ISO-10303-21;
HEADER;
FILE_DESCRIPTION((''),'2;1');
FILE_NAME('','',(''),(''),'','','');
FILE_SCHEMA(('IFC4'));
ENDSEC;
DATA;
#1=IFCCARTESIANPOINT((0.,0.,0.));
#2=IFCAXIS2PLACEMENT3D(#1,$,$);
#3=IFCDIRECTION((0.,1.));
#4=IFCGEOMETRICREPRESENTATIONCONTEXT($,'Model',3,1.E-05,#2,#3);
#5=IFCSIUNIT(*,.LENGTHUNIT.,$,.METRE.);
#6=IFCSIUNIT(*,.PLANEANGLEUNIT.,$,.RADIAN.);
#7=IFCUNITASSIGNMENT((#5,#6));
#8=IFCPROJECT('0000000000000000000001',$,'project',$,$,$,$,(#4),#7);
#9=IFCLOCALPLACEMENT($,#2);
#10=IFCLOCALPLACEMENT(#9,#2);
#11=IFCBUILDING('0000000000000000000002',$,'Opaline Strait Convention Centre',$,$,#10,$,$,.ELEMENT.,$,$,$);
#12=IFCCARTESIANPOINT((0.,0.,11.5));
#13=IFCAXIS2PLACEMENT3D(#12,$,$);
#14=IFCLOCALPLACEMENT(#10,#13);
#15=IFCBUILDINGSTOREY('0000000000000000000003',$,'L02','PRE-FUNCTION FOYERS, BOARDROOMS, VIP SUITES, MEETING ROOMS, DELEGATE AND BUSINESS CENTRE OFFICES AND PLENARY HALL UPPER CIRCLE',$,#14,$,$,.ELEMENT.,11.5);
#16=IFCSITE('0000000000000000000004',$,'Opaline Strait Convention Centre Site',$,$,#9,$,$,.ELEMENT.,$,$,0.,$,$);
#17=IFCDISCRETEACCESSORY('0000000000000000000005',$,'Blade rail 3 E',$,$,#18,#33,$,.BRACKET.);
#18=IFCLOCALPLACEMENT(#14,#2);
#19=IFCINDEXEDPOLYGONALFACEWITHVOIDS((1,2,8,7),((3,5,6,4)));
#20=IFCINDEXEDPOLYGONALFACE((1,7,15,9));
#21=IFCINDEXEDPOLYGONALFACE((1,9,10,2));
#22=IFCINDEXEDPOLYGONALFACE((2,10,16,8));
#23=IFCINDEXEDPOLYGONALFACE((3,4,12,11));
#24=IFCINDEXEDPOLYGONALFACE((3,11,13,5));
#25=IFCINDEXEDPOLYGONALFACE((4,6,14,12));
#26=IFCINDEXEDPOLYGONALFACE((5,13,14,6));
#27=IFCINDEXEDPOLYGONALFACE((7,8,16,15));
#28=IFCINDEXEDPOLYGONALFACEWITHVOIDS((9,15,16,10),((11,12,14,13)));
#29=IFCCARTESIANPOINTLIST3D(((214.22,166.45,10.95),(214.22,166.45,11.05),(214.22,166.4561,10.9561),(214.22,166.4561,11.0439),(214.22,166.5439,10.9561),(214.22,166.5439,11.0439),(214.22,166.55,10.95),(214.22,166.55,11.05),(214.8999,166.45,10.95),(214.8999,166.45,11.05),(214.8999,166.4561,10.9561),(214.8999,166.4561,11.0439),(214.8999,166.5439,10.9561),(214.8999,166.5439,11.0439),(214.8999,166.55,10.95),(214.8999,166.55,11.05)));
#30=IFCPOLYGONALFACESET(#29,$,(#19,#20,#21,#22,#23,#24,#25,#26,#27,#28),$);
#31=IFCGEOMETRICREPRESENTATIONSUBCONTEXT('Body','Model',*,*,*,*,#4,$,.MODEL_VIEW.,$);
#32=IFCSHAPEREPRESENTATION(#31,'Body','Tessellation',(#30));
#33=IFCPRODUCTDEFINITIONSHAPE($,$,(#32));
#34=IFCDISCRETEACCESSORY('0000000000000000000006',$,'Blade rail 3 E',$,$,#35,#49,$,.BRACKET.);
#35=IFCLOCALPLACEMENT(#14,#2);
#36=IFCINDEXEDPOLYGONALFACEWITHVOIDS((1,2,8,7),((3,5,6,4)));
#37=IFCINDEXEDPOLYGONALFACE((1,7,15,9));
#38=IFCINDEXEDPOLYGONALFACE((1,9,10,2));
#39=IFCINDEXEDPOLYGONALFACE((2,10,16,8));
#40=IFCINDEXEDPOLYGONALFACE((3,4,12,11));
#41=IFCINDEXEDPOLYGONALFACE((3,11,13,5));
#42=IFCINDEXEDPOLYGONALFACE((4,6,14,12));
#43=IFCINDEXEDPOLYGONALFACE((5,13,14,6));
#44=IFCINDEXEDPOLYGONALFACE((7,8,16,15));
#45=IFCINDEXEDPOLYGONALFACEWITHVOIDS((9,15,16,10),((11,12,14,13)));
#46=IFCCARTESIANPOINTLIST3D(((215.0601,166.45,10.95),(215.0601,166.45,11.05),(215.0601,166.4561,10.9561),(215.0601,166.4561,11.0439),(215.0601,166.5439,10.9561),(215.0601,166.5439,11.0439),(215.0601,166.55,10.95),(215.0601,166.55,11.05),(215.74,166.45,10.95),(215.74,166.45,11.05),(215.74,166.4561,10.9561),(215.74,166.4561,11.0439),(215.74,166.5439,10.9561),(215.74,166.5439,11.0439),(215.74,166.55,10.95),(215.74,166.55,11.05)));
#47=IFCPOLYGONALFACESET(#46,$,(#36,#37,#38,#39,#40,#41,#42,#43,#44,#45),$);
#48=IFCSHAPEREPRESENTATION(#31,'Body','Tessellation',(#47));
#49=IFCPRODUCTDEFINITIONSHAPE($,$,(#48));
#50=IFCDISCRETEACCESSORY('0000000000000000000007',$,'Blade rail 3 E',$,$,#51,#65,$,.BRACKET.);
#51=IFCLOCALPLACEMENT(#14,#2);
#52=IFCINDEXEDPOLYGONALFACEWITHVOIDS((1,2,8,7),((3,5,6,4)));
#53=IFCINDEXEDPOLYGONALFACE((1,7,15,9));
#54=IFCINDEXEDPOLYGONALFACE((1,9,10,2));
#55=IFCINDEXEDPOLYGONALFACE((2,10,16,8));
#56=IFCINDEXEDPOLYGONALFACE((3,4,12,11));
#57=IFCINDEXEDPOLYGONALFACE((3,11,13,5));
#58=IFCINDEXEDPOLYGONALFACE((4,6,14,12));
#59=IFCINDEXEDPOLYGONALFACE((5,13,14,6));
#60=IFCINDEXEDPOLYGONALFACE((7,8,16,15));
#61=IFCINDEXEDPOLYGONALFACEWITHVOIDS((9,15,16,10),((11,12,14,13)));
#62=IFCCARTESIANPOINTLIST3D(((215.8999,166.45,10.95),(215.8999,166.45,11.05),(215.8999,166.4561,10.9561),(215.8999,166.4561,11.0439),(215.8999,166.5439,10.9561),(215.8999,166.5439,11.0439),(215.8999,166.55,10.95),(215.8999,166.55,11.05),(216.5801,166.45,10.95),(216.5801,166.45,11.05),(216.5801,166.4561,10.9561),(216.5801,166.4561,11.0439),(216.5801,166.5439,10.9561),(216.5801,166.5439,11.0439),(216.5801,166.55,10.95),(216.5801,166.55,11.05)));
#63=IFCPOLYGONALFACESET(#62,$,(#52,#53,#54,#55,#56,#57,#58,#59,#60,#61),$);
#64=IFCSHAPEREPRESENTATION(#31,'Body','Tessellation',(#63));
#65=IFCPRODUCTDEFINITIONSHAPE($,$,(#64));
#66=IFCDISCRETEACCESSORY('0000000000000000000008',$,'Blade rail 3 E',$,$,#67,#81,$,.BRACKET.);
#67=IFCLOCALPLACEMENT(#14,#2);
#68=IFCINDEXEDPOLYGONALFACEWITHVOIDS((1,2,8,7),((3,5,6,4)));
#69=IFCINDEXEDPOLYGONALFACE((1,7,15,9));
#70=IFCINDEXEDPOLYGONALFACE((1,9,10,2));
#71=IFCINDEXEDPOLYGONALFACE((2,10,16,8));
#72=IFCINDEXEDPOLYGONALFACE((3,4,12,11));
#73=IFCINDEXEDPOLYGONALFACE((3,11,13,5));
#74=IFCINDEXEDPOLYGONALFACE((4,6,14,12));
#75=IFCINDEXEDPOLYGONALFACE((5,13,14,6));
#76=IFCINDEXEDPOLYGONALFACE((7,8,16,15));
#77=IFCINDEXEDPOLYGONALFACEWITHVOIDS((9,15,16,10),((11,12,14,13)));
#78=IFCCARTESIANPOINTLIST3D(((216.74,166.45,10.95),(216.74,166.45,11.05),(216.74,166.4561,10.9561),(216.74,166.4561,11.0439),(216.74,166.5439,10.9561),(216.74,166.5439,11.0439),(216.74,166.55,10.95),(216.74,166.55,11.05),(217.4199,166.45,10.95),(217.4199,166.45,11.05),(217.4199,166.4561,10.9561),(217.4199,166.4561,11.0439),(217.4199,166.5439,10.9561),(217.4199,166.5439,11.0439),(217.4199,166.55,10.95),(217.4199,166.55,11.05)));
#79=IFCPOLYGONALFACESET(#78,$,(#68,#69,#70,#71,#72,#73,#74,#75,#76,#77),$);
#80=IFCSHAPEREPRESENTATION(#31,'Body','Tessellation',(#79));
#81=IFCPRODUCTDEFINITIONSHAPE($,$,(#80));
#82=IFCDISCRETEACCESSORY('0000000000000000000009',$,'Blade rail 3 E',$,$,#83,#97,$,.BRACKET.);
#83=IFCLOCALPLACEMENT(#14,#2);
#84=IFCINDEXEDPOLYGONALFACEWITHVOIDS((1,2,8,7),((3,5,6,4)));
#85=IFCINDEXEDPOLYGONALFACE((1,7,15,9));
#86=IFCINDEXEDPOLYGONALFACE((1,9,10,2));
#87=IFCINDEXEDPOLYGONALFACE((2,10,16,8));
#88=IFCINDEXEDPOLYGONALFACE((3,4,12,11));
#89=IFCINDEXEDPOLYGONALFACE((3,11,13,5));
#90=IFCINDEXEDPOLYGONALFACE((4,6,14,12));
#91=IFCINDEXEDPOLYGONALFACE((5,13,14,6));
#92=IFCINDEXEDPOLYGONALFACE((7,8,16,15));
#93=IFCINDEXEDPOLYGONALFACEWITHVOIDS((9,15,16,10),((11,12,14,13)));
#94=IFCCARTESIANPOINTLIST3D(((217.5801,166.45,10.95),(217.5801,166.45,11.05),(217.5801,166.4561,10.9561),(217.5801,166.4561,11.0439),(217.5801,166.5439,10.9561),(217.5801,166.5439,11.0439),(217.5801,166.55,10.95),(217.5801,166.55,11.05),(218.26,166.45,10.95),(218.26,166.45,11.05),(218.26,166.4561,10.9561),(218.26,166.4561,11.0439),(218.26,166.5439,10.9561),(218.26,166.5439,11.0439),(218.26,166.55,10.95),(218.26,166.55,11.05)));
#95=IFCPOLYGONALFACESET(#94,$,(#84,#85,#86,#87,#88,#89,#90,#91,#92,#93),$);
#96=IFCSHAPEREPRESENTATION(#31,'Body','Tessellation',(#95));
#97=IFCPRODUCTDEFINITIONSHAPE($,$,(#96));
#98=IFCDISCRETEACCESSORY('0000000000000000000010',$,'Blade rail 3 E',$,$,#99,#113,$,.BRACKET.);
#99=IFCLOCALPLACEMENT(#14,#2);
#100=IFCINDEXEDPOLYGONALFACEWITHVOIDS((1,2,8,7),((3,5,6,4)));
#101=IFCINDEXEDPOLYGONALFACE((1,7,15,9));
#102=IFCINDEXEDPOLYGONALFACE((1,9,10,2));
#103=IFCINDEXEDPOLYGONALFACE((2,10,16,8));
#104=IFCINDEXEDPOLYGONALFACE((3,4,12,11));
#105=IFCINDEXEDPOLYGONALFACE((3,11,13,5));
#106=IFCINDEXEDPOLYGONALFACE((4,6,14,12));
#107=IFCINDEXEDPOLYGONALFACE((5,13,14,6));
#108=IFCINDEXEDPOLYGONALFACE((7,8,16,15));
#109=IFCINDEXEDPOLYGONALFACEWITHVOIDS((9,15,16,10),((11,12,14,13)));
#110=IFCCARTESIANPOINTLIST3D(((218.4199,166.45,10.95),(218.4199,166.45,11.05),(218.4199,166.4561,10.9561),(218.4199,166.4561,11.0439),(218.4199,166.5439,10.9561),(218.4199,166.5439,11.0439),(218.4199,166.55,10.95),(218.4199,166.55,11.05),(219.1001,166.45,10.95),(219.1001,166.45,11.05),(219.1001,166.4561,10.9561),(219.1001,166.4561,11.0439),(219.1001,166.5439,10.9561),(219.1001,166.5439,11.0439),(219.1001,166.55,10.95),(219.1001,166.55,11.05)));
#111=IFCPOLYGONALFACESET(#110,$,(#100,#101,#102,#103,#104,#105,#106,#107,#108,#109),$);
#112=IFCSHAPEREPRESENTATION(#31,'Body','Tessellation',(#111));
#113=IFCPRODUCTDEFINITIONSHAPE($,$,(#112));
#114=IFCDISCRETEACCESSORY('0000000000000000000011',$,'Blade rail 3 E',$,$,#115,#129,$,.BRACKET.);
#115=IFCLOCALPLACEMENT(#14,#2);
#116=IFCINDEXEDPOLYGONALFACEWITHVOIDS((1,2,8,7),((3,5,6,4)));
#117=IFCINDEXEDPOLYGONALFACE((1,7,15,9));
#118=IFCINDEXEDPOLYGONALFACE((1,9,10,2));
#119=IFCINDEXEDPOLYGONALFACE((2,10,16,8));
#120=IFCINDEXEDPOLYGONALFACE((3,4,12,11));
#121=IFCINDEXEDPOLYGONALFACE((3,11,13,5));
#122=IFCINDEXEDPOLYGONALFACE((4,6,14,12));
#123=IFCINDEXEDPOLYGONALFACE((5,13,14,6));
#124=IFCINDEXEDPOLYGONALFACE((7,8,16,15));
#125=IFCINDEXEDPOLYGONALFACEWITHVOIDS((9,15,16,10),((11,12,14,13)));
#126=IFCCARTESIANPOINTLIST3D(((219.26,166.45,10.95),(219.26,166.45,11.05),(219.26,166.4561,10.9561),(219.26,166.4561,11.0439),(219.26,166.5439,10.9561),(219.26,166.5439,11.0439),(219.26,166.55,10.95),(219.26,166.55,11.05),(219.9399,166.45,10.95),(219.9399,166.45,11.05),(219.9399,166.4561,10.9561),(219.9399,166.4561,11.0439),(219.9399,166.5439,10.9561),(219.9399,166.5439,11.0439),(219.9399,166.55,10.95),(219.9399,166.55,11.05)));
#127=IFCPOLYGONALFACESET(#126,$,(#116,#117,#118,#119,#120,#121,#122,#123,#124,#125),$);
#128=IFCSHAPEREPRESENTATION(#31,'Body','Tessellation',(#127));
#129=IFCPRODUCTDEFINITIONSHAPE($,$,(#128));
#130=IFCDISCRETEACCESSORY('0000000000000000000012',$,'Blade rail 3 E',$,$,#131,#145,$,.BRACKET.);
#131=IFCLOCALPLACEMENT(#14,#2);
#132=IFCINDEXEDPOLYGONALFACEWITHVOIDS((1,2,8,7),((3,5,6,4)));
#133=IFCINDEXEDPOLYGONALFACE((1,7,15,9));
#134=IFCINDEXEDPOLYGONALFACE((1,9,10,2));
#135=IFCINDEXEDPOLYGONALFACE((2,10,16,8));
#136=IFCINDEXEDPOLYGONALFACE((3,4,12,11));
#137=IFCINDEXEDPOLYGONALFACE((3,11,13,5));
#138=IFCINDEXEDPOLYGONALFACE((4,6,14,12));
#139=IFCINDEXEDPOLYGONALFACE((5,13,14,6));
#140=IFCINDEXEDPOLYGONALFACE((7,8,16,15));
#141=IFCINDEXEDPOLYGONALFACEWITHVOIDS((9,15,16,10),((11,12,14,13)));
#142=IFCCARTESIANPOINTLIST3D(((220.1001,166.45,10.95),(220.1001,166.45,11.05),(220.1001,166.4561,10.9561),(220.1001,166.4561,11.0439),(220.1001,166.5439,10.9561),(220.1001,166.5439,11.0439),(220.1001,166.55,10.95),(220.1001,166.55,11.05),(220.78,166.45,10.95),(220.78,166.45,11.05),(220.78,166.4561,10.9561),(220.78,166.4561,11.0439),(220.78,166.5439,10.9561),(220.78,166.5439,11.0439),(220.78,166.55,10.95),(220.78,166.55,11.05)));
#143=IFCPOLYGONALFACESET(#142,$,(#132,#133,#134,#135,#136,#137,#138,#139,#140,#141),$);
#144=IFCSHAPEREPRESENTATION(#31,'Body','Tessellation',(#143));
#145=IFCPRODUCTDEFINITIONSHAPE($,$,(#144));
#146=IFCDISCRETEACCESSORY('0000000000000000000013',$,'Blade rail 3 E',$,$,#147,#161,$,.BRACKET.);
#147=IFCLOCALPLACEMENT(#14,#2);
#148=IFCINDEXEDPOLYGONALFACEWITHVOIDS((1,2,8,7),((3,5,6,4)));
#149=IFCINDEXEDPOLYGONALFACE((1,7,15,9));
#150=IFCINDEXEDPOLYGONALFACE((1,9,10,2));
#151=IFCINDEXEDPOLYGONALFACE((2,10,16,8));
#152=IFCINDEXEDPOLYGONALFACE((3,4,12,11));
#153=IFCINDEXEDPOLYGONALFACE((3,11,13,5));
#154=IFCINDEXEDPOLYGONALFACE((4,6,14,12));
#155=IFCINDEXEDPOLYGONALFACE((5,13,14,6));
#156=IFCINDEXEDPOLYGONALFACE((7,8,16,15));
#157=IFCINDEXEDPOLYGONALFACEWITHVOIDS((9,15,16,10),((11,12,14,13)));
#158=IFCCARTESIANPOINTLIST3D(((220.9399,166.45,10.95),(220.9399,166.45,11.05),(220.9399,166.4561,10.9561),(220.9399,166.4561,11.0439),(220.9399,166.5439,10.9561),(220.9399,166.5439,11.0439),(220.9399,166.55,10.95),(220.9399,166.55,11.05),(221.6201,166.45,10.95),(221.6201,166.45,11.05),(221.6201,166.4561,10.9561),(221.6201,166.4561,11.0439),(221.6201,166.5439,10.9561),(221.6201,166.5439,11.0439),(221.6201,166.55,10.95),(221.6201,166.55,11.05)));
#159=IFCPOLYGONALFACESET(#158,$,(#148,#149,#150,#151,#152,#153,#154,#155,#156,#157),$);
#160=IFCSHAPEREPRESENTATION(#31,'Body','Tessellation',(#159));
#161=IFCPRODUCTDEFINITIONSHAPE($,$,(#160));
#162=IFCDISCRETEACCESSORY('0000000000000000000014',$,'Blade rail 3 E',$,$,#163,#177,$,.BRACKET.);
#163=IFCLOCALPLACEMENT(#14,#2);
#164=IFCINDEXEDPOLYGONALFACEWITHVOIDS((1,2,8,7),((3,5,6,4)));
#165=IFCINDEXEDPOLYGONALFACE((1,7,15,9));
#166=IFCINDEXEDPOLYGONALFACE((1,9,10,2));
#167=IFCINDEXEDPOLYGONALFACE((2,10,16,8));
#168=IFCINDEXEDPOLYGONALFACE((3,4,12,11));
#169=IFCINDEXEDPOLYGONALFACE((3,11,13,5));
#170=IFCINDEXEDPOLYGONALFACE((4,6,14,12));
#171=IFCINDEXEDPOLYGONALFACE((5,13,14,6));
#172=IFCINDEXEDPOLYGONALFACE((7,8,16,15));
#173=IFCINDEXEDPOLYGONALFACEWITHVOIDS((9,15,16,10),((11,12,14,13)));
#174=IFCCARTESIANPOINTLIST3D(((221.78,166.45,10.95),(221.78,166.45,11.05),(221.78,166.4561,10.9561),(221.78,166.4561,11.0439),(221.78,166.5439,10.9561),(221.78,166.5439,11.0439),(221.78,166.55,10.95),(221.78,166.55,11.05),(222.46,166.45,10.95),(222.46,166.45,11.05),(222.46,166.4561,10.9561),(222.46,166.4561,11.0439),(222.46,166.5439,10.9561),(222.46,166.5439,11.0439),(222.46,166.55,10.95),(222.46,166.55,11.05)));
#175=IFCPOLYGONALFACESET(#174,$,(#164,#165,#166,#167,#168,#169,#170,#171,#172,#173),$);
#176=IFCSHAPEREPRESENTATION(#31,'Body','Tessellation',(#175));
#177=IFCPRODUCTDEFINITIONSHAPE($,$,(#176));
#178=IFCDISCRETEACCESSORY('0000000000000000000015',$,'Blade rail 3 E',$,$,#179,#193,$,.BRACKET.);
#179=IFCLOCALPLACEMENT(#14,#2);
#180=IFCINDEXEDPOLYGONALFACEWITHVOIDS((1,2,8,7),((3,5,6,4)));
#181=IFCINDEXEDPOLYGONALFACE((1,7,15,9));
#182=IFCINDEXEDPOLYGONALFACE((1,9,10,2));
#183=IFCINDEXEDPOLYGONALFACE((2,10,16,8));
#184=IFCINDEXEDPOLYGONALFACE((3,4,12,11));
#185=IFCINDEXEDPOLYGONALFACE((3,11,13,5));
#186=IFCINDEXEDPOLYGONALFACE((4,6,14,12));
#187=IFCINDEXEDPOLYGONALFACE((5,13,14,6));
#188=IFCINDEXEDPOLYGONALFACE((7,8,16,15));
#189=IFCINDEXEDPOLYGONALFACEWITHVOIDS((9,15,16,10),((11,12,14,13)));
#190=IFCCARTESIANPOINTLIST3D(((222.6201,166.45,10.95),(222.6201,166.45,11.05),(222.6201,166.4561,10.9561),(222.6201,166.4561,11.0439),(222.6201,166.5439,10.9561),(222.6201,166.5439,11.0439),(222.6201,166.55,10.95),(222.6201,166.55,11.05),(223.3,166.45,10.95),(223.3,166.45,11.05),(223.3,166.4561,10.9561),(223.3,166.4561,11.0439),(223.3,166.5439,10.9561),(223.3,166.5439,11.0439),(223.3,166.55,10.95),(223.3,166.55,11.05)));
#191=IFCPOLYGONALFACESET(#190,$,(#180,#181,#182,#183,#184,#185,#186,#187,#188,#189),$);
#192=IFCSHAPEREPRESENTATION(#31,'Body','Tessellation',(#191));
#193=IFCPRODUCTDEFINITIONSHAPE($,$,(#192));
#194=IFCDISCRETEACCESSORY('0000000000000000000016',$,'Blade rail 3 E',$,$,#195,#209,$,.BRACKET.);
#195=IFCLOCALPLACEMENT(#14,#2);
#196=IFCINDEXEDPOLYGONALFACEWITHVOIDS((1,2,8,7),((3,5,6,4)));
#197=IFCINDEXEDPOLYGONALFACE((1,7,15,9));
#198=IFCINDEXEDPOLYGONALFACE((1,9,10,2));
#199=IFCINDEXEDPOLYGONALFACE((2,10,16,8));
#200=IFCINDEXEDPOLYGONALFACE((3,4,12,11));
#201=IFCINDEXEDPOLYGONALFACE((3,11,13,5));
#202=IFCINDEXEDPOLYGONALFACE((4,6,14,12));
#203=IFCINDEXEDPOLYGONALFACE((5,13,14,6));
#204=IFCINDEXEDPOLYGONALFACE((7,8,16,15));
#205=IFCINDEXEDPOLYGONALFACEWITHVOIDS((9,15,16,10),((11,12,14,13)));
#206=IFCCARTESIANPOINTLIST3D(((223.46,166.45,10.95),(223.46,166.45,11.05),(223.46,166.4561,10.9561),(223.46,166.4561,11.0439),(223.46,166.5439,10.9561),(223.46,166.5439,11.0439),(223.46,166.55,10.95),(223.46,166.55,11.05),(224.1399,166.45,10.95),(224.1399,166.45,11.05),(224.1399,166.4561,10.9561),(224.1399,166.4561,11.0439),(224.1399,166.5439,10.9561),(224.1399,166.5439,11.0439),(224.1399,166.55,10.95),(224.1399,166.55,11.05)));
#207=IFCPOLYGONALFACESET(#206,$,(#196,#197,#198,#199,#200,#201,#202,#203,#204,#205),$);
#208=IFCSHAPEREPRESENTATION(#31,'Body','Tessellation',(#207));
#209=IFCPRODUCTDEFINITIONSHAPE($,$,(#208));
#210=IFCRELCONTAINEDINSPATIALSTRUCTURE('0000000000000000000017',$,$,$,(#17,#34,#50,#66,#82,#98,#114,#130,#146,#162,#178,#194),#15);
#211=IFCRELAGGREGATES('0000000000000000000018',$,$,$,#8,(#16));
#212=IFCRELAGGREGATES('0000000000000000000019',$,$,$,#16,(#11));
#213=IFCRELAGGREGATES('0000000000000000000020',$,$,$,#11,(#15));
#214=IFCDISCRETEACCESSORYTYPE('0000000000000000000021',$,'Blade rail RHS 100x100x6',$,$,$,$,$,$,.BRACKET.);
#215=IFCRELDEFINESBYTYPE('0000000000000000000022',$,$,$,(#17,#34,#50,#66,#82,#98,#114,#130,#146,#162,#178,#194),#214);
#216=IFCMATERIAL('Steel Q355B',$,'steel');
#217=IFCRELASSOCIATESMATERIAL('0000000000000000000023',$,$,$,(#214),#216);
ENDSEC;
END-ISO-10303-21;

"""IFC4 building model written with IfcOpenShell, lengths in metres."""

from ifc_helpers import new_model, si_unit, direction, frame, origin, origin_2d, place, context, subcontext, project, spatial, hollow_rectangle, extrude, material, material_profile, profile_set, type_object, element, save


model = new_model("IFC4")

# Units and contexts
model_context = context("Model", 3, precision=1e-05, world=origin(), true_north=direction((0.0, 1.0)))
body_context = subcontext(model_context, "Body", "Model", "MODEL_VIEW")
ifc_project = project(units=[si_unit("LENGTHUNIT", "METRE"), si_unit("PLANEANGLEUNIT", "RADIAN")], contexts=[model_context])

# Site, building, storey
site_placement = place(None, origin())
site = spatial("IfcSite", under=ifc_project, at=site_placement, Name="Opaline Strait Convention Centre Site", CompositionType="ELEMENT", RefElevation=0.0)
building_placement = place(site_placement, origin())
building = spatial("IfcBuilding", under=site, at=building_placement, Name="Opaline Strait Convention Centre", CompositionType="ELEMENT")
storey_placement = place(building_placement, frame((0.0, 0.0, 11.5)))
storey = spatial("IfcBuildingStorey", under=building, at=storey_placement, Name="L02", Description="PRE-FUNCTION FOYERS, BOARDROOMS, VIP SUITES, MEETING ROOMS, DELEGATE AND BUSINESS CENTRE OFFICES AND PLENARY HALL UPPER CIRCLE", CompositionType="ELEMENT", Elevation=11.5)

# Discrete accessories
ifc_material = material(Name="Steel Q355B", Category="steel")
ifc_material_profile = material_profile(ifc_material, hollow_rectangle(XDim=0.1001, YDim=0.1001, WallThickness=0.0061, at=origin_2d()), Name="RHS 100x100x6")
ifc_profile_set = profile_set([ifc_material_profile], Name="Steel Q355B")
discrete_accessory_type = type_object("IfcDiscreteAccessoryType", Name="Blade rail RHS 100x100x6", PredefinedType="BRACKET", material=ifc_profile_set)
for number, where, z_axis, x_axis, name in (
    (1, (214.22, 166.5, 11.0), (1.0, 0.0, 0.0), (0.0, 1.0, 0.0), "Blade rail 3 E"),
    (2, (215.0601, 166.5, 11.0), (1.0, 0.0, 0.0), (0.0, 1.0, 0.0), "Blade rail 3 E"),
):
    element("IfcDiscreteAccessory", number, at=place(storey_placement, frame(where, z_axis=z_axis, x_axis=x_axis)), inside=storey, type_object=discrete_accessory_type, Name=name, PredefinedType="BRACKET", context=body_context, shape_type="SweptSolid", body=[
        extrude(hollow_rectangle(XDim=0.1001, YDim=0.1001, WallThickness=0.0061, at=origin_2d()), origin(), (0.0, 0.0, 1.0), 0.6799),
    ])
discrete_accessory_1_placement = place(storey_placement, frame((215.8999, 166.5, 11.0), z_axis=(1.0, 0.0, 0.0), x_axis=(0.0, 1.0, 0.0)))
element("IfcDiscreteAccessory", 3, at=discrete_accessory_1_placement, inside=storey, type_object=discrete_accessory_type, Name="Blade rail 3 E", PredefinedType="BRACKET", context=body_context, shape_type="SweptSolid", body=[
    extrude(hollow_rectangle(XDim=0.1001, YDim=0.1001, WallThickness=0.0061, at=origin_2d()), origin(), (0.0, 0.0, 1.0), 0.6802),
])
for number, where, z_axis, x_axis, name in (
    (4, (216.74, 166.5, 11.0), (1.0, 0.0, 0.0), (0.0, 1.0, 0.0), "Blade rail 3 E"),
    (5, (217.5801, 166.5, 11.0), (1.0, 0.0, 0.0), (0.0, 1.0, 0.0), "Blade rail 3 E"),
):
    element("IfcDiscreteAccessory", number, at=place(storey_placement, frame(where, z_axis=z_axis, x_axis=x_axis)), inside=storey, type_object=discrete_accessory_type, Name=name, PredefinedType="BRACKET", context=body_context, shape_type="SweptSolid", body=[
        extrude(hollow_rectangle(XDim=0.1001, YDim=0.1001, WallThickness=0.0061, at=origin_2d()), origin(), (0.0, 0.0, 1.0), 0.6799),
    ])
discrete_accessory_2_placement = place(storey_placement, frame((218.4199, 166.5, 11.0), z_axis=(1.0, 0.0, 0.0), x_axis=(0.0, 1.0, 0.0)))
element("IfcDiscreteAccessory", 6, at=discrete_accessory_2_placement, inside=storey, type_object=discrete_accessory_type, Name="Blade rail 3 E", PredefinedType="BRACKET", context=body_context, shape_type="SweptSolid", body=[
    extrude(hollow_rectangle(XDim=0.1001, YDim=0.1001, WallThickness=0.0061, at=origin_2d()), origin(), (0.0, 0.0, 1.0), 0.6802),
])
for number, where, z_axis, x_axis, name in (
    (7, (219.26, 166.5, 11.0), (1.0, 0.0, 0.0), (0.0, 1.0, 0.0), "Blade rail 3 E"),
    (8, (220.1001, 166.5, 11.0), (1.0, 0.0, 0.0), (0.0, 1.0, 0.0), "Blade rail 3 E"),
):
    element("IfcDiscreteAccessory", number, at=place(storey_placement, frame(where, z_axis=z_axis, x_axis=x_axis)), inside=storey, type_object=discrete_accessory_type, Name=name, PredefinedType="BRACKET", context=body_context, shape_type="SweptSolid", body=[
        extrude(hollow_rectangle(XDim=0.1001, YDim=0.1001, WallThickness=0.0061, at=origin_2d()), origin(), (0.0, 0.0, 1.0), 0.6799),
    ])
discrete_accessory_3_placement = place(storey_placement, frame((220.9399, 166.5, 11.0), z_axis=(1.0, 0.0, 0.0), x_axis=(0.0, 1.0, 0.0)))
element("IfcDiscreteAccessory", 9, at=discrete_accessory_3_placement, inside=storey, type_object=discrete_accessory_type, Name="Blade rail 3 E", PredefinedType="BRACKET", context=body_context, shape_type="SweptSolid", body=[
    extrude(hollow_rectangle(XDim=0.1001, YDim=0.1001, WallThickness=0.0061, at=origin_2d()), origin(), (0.0, 0.0, 1.0), 0.6802),
])
for number, where, z_axis, x_axis, name in (
    (10, (221.78, 166.5, 11.0), (1.0, 0.0, 0.0), (0.0, 1.0, 0.0), "Blade rail 3 E"),
    (11, (222.6201, 166.5, 11.0), (1.0, 0.0, 0.0), (0.0, 1.0, 0.0), "Blade rail 3 E"),
    (12, (223.46, 166.5, 11.0), (1.0, 0.0, 0.0), (0.0, 1.0, 0.0), "Blade rail 3 E"),
):
    element("IfcDiscreteAccessory", number, at=place(storey_placement, frame(where, z_axis=z_axis, x_axis=x_axis)), inside=storey, type_object=discrete_accessory_type, Name=name, PredefinedType="BRACKET", context=body_context, shape_type="SweptSolid", body=[
        extrude(hollow_rectangle(XDim=0.1001, YDim=0.1001, WallThickness=0.0061, at=origin_2d()), origin(), (0.0, 0.0, 1.0), 0.6799),
    ])

save(model, "model.ifc")
